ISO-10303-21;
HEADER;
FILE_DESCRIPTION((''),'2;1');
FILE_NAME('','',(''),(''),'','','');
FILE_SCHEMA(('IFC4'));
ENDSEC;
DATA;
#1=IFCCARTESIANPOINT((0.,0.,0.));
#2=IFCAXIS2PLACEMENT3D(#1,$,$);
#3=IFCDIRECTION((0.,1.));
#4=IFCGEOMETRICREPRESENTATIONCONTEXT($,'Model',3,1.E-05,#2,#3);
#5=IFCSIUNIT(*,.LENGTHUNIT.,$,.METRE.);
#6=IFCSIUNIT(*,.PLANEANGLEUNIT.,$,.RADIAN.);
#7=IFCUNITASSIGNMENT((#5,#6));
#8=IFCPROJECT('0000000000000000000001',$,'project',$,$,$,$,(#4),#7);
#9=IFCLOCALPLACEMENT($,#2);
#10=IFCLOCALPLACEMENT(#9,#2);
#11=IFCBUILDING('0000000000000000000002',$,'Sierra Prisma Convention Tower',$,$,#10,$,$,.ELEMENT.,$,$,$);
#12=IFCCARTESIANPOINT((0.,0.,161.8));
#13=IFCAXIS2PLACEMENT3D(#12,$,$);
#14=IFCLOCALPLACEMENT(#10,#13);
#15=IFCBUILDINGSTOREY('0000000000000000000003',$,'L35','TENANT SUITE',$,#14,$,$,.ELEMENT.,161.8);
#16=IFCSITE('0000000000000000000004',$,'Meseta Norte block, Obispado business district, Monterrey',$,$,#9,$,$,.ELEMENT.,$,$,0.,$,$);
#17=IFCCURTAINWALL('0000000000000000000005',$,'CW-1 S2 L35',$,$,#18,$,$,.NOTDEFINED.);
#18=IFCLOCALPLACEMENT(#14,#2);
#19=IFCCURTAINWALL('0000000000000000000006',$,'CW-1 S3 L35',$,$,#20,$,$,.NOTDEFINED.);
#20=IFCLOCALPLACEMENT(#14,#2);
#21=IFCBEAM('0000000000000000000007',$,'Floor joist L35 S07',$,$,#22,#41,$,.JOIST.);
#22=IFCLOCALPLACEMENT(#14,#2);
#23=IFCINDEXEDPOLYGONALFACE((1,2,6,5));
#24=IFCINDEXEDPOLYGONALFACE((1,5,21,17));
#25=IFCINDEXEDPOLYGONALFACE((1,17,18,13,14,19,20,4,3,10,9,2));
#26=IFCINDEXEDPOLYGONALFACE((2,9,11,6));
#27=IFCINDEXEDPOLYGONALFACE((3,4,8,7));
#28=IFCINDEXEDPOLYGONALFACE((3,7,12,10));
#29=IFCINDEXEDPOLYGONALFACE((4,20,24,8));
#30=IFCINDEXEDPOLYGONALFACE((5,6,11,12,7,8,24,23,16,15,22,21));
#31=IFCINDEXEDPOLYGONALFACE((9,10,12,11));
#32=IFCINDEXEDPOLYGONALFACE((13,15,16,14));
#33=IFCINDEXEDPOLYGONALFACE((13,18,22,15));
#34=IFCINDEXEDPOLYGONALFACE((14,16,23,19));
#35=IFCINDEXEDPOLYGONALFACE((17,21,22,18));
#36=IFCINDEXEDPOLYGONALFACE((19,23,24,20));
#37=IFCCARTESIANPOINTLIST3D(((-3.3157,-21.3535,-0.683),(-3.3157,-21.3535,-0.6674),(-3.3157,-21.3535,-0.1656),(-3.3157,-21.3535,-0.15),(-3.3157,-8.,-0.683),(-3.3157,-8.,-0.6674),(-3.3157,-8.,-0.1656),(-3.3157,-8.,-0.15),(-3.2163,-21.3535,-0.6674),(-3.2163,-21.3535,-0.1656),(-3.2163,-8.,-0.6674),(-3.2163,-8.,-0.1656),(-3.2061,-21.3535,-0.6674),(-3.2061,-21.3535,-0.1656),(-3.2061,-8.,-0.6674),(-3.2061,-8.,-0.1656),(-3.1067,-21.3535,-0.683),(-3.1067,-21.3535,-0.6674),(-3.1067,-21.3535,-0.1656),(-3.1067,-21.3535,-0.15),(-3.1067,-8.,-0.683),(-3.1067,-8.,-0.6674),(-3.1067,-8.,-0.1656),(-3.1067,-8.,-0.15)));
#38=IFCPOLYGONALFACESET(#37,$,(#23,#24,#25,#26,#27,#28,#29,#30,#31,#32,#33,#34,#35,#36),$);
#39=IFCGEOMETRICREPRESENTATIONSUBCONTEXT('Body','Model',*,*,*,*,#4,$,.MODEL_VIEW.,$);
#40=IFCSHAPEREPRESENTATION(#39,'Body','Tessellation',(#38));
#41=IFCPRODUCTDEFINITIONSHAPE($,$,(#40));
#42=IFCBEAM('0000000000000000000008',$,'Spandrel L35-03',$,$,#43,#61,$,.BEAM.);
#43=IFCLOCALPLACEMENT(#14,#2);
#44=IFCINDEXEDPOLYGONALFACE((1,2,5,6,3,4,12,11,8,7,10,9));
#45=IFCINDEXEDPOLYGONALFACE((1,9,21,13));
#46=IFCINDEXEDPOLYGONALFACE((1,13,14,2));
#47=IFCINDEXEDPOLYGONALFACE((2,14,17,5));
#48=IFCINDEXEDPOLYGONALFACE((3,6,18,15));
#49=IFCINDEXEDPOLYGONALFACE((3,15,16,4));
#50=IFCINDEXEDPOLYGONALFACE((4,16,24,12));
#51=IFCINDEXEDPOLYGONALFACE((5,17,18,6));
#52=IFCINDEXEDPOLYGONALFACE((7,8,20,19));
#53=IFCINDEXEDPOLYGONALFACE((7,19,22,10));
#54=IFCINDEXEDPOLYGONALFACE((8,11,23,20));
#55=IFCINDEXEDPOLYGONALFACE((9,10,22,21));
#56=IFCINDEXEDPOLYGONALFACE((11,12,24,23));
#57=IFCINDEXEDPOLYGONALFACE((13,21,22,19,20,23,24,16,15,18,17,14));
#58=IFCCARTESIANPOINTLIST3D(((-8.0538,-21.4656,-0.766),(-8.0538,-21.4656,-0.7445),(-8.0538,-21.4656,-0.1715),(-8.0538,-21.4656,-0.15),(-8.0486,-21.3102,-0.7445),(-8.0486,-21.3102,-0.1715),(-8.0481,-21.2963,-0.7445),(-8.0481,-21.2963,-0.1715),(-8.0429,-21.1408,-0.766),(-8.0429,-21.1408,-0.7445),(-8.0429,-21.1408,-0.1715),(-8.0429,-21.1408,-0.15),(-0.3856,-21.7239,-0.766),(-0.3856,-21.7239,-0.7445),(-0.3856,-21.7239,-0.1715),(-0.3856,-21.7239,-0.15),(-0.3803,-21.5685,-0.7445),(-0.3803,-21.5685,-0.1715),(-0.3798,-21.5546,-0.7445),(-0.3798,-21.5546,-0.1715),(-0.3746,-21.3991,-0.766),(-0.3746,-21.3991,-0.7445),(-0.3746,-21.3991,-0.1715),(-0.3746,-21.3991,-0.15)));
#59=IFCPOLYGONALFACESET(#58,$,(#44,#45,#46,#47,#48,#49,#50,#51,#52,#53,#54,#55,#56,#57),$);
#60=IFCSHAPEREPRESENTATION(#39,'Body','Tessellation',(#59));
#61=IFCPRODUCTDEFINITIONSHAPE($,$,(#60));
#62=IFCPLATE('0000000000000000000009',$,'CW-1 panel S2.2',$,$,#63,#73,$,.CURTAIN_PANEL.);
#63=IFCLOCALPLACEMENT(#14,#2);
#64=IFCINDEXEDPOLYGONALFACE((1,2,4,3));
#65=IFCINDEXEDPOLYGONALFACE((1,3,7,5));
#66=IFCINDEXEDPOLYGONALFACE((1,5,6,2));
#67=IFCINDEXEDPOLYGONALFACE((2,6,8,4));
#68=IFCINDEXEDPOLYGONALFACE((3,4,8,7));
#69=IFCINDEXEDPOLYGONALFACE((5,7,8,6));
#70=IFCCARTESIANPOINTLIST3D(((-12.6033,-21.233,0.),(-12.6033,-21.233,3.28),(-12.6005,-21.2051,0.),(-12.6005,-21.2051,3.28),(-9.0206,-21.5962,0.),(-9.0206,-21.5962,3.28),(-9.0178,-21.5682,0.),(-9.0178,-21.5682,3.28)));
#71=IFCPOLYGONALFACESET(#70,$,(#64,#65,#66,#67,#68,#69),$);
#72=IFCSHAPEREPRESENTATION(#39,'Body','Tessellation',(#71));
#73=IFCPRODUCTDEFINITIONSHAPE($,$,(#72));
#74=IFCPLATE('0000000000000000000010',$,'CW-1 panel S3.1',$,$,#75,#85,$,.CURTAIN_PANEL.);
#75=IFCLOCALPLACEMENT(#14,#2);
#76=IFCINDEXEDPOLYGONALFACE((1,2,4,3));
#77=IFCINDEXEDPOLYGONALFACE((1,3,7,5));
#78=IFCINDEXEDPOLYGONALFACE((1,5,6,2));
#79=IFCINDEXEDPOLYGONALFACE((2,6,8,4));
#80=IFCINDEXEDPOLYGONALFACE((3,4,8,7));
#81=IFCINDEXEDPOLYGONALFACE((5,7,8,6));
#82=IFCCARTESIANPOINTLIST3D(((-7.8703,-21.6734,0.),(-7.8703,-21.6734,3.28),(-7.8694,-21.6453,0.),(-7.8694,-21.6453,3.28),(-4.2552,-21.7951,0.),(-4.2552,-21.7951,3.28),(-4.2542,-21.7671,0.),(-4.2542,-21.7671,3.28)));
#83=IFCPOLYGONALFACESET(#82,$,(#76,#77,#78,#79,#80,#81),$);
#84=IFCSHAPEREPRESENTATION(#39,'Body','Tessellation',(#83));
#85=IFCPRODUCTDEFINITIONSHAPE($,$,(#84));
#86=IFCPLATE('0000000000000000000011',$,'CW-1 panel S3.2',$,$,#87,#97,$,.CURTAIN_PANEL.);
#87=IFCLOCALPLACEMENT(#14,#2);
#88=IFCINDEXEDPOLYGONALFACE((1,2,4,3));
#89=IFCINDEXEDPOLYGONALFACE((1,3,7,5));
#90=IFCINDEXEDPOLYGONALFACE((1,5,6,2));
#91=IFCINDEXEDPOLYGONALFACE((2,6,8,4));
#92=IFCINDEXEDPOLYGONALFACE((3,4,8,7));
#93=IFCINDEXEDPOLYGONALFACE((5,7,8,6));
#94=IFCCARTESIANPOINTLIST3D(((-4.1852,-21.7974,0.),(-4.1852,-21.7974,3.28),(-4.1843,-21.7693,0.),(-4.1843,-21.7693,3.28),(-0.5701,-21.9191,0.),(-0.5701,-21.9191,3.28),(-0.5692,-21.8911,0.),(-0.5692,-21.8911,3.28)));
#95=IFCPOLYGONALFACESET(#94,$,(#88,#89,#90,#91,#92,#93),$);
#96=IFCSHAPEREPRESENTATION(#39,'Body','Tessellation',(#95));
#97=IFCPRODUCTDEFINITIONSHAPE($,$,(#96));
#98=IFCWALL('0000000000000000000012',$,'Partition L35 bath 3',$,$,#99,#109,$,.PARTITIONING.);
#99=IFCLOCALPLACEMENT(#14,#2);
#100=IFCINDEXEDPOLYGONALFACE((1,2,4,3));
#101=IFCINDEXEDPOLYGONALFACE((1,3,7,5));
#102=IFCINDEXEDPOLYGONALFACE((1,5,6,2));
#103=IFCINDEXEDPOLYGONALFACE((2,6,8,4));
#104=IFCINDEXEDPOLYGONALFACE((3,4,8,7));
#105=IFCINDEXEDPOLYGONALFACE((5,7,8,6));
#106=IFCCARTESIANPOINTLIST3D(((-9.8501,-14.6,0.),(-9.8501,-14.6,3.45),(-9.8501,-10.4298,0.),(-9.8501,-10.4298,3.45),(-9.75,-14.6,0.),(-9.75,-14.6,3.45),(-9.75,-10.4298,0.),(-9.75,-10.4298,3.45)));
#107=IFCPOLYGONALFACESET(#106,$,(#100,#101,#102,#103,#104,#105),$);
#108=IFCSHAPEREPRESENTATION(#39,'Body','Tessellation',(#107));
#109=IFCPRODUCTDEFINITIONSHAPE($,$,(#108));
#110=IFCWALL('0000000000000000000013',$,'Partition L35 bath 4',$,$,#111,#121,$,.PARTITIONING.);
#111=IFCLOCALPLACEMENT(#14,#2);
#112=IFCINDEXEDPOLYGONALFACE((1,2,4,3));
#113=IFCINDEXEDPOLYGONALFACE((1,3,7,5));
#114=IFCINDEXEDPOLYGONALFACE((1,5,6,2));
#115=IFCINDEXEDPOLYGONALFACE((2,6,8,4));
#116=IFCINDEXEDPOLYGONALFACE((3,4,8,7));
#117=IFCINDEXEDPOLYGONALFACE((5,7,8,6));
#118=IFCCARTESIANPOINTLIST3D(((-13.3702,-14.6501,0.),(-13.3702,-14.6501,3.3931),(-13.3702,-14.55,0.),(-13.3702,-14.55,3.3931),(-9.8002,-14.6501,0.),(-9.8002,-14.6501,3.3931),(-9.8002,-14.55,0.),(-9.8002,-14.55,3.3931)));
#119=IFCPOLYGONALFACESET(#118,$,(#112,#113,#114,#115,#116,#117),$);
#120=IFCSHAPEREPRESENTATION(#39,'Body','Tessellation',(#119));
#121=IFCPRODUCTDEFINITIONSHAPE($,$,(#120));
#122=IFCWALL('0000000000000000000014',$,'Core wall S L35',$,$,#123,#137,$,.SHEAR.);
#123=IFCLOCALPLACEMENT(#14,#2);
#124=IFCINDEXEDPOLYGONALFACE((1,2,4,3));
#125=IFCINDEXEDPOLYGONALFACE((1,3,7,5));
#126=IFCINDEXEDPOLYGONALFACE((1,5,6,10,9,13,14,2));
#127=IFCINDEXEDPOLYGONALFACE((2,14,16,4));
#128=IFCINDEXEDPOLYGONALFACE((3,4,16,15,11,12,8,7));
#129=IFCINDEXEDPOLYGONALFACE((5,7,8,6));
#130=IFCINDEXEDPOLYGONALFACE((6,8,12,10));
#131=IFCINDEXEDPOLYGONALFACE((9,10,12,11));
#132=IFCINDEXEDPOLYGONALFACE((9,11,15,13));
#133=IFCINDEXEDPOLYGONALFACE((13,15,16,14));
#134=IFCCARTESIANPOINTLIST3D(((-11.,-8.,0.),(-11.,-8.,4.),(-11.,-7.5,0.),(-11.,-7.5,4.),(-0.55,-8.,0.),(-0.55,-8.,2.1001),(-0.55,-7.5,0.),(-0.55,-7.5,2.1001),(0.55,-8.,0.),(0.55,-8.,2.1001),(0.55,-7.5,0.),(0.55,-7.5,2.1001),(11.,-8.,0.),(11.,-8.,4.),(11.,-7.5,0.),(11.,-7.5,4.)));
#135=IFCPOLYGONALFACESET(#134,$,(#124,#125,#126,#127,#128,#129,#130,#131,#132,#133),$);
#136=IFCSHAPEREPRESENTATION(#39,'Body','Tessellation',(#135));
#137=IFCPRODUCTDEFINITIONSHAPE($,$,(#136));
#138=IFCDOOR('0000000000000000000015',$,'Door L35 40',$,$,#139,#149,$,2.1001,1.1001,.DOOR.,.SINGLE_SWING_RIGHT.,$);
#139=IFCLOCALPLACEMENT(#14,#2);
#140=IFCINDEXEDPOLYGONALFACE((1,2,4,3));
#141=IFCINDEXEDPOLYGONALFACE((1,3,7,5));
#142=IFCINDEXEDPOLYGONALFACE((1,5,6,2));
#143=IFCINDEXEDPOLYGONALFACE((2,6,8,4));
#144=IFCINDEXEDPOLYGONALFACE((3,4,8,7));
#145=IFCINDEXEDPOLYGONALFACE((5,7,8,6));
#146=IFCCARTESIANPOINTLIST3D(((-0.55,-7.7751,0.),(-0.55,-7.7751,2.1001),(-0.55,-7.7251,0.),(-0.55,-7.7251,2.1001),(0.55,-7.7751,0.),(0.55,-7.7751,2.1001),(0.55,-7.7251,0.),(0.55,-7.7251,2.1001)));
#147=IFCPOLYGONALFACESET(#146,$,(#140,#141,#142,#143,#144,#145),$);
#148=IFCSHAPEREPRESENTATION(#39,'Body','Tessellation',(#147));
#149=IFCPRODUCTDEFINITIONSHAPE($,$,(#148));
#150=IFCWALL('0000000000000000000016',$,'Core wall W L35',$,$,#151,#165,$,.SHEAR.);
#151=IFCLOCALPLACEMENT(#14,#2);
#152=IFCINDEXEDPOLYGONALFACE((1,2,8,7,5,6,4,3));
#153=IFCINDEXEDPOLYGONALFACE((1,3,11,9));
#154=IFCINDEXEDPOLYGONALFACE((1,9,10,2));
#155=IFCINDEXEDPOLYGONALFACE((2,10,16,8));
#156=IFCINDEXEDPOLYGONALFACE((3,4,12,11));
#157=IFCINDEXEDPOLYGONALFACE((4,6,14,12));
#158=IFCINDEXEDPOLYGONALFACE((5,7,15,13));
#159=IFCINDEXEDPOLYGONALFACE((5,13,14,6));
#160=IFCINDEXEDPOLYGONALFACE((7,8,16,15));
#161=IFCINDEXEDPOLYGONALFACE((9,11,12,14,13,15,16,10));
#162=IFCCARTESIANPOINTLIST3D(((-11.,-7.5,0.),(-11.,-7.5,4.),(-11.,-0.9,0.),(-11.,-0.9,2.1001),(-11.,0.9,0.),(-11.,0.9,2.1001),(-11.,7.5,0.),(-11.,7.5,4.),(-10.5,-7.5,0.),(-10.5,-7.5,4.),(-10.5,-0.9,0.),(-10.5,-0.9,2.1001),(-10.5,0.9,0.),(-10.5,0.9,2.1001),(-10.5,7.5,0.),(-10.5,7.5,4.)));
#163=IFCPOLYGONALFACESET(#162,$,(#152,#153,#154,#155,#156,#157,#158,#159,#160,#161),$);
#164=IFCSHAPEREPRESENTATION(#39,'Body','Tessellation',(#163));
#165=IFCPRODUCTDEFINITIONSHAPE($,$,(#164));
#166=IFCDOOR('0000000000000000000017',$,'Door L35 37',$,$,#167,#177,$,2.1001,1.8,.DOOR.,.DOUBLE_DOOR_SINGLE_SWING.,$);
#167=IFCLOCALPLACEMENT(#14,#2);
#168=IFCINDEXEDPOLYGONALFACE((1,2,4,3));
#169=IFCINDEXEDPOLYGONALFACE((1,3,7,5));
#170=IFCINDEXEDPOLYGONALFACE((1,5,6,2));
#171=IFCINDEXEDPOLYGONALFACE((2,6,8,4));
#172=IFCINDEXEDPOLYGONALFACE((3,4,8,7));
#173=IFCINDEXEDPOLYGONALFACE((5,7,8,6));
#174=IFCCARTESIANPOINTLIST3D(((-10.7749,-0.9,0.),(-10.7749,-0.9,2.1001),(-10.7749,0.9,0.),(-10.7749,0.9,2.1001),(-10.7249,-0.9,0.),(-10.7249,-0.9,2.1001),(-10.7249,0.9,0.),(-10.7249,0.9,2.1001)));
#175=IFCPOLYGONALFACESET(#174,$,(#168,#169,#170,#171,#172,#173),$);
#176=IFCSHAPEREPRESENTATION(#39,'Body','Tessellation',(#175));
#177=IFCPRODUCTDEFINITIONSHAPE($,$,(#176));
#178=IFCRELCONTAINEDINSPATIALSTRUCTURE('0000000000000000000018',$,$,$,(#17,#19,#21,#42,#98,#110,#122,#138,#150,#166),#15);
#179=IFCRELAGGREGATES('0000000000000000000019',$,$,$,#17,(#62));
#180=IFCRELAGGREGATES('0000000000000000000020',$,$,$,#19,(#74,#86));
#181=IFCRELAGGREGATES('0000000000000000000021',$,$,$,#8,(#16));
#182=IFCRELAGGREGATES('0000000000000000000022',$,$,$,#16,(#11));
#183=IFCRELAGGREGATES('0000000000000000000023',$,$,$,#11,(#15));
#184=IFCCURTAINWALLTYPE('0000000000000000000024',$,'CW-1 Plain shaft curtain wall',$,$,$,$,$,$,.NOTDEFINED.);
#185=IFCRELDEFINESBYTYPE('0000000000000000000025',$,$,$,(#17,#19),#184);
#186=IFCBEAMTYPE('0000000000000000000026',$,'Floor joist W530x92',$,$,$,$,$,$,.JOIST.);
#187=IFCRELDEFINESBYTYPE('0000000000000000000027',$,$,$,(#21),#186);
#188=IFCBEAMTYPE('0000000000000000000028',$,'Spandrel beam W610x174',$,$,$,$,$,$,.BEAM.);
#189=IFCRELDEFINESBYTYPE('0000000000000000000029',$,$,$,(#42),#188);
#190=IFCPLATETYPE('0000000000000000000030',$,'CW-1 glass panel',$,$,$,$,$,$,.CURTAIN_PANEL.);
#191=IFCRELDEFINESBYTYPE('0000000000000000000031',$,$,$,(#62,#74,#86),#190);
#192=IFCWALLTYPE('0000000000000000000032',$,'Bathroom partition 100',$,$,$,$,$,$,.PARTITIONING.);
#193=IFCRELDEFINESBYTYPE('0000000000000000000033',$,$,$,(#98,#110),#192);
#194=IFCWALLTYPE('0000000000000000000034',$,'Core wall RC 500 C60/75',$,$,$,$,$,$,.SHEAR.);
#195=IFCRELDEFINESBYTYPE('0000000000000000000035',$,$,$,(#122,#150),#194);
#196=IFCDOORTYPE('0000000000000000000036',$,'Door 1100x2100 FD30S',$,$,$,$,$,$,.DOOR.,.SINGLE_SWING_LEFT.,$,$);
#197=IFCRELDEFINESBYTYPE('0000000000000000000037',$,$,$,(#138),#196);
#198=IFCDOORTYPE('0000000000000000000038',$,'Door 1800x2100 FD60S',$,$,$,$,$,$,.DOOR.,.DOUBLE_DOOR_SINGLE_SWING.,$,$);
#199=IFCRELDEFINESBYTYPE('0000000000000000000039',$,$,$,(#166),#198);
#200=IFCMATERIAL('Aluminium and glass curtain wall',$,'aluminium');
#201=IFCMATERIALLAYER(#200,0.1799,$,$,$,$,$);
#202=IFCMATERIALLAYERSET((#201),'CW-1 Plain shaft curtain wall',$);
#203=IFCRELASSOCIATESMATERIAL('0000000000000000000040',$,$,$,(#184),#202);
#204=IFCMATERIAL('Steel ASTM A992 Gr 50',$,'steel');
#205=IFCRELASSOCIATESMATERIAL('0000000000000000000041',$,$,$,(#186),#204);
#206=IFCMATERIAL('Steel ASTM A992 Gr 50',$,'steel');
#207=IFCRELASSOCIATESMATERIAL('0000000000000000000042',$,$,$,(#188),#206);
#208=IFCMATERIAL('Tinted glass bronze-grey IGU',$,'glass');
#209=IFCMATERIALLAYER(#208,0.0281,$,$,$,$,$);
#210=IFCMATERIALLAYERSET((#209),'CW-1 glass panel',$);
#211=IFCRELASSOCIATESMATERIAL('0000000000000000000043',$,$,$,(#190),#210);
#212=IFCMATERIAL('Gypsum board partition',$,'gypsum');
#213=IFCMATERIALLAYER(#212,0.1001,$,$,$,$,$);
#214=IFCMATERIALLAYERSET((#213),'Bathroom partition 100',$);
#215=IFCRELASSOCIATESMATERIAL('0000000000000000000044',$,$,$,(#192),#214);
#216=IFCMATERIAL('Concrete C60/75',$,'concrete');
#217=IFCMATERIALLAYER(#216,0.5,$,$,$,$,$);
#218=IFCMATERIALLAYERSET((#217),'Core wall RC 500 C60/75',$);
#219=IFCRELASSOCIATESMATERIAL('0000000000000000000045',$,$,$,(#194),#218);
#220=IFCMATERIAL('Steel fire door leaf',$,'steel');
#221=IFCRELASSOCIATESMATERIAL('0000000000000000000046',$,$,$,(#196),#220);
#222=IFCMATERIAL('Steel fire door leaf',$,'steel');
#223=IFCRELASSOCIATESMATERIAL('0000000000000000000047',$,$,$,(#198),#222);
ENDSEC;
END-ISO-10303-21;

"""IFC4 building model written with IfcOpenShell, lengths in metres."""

from ifc_helpers import new_model, si_unit, direction, frame, frame_2d, origin, origin_2d, place, context, subcontext, project, spatial, rectangle, i_section, extrude, material, layer, layer_set, material_profile, profile_set, type_object, element, fill, aggregate, save


model = new_model("IFC4")

# Units and contexts
model_context = context("Model", 3, precision=1e-05, world=origin(), true_north=direction((0.0, 1.0)))
body_context = subcontext(model_context, "Body", "Model", "MODEL_VIEW")
ifc_project = project(units=[si_unit("LENGTHUNIT", "METRE"), si_unit("PLANEANGLEUNIT", "RADIAN")], contexts=[model_context])

# Site, building, storey
site_placement = place(None, origin())
site = spatial("IfcSite", under=ifc_project, at=site_placement, Name="Meseta Norte block, Obispado business district, Monterrey", CompositionType="ELEMENT", RefElevation=0.0)
building_placement = place(site_placement, origin())
building = spatial("IfcBuilding", under=site, at=building_placement, Name="Sierra Prisma Convention Tower", CompositionType="ELEMENT")
storey_placement = place(building_placement, frame((0.0, 0.0, 161.8)))
storey = spatial("IfcBuildingStorey", under=building, at=storey_placement, Name="L35", Description="TENANT SUITE", CompositionType="ELEMENT", Elevation=161.8)

# Curtain wall
ifc_material_1 = material(Name="Aluminium and glass curtain wall", Category="aluminium")
ifc_layer_1 = layer(ifc_material_1, 0.1799)
ifc_layer_set_1 = layer_set([ifc_layer_1], Name="CW-1 Plain shaft curtain wall")
curtain_wall_type = type_object("IfcCurtainWallType", Name="CW-1 Plain shaft curtain wall", PredefinedType="NOTDEFINED", material=ifc_layer_set_1)
curtain_wall_1_placement = place(storey_placement, origin())
curtain_wall_1 = element("IfcCurtainWall", 1, at=curtain_wall_1_placement, inside=storey, type_object=curtain_wall_type, Name="CW-1 S2 L35", PredefinedType="NOTDEFINED")

# Curtain wall
curtain_wall_2_placement = place(storey_placement, origin())
curtain_wall_2 = element("IfcCurtainWall", 2, at=curtain_wall_2_placement, inside=storey, type_object=curtain_wall_type, Name="CW-1 S3 L35", PredefinedType="NOTDEFINED")

# Beams
ifc_material_2 = material(Name="Steel ASTM A992 Gr 50", Category="steel")
ifc_material_profile_1 = material_profile(ifc_material_2, i_section(OverallWidth=0.209, OverallDepth=0.533, WebThickness=0.0103, FlangeThickness=0.0156, at=origin_2d()), Name="W530x92")
ifc_profile_set_1 = profile_set([ifc_material_profile_1], Name="Steel ASTM A992 Gr 50")
beam_type_1 = type_object("IfcBeamType", Name="Floor joist W530x92", PredefinedType="JOIST", material=ifc_profile_set_1)
beam_1_placement = place(storey_placement, frame((-3.2112, -21.3535, -0.4165), z_axis=(0.0, 1.0, 0.0), x_axis=(-1.0, 0.0, 0.0)))
element("IfcBeam", 3, at=beam_1_placement, inside=storey, type_object=beam_type_1, Name="Floor joist L35 S07", PredefinedType="JOIST", context=body_context, shape_type="SweptSolid", body=[
    extrude(i_section(OverallWidth=0.209, OverallDepth=0.533, WebThickness=0.0103, FlangeThickness=0.0156, at=origin_2d()), origin(), (0.0, 0.0, 1.0), 13.3535),
])
ifc_material_3 = material(Name="Steel ASTM A992 Gr 50", Category="steel")
ifc_material_profile_2 = material_profile(ifc_material_3, i_section(OverallWidth=0.325, OverallDepth=0.616, WebThickness=0.0139, FlangeThickness=0.0215, at=origin_2d()), Name="W610x174")
ifc_profile_set_2 = profile_set([ifc_material_profile_2], Name="Steel ASTM A992 Gr 50")
beam_type_2 = type_object("IfcBeamType", Name="Spandrel beam W610x174", PredefinedType="BEAM", material=ifc_profile_set_2)
beam_2_placement = place(storey_placement, frame((-8.0483, -21.3032, -0.458), z_axis=(0.999433, -0.033666, 0.0), x_axis=(0.033666, 0.999433, 0.0)))
element("IfcBeam", 4, at=beam_2_placement, inside=storey, type_object=beam_type_2, Name="Spandrel L35-03", PredefinedType="BEAM", context=body_context, shape_type="SweptSolid", body=[
    extrude(i_section(OverallWidth=0.325, OverallDepth=0.616, WebThickness=0.0139, FlangeThickness=0.0215, at=origin_2d()), origin(), (0.0, 0.0, 1.0), 7.6726),
])

# Plates
ifc_material_4 = material(Name="Tinted glass bronze-grey IGU", Category="glass")
ifc_layer_2 = layer(ifc_material_4, 0.0281)
ifc_layer_set_2 = layer_set([ifc_layer_2], Name="CW-1 glass panel")
plate_type = type_object("IfcPlateType", Name="CW-1 glass panel", PredefinedType="CURTAIN_PANEL", material=ifc_layer_set_2)
plate_1_placement = place(storey_placement, frame((-10.8105, -21.4006, 0.0), z_axis=(0.0, 0.0, 1.0), x_axis=(0.994903, -0.100833, 0.0)))
plate_1 = element("IfcPlate", 5, at=plate_1_placement, type_object=plate_type, Name="CW-1 panel S2.2", PredefinedType="CURTAIN_PANEL", context=body_context, shape_type="SweptSolid", body=[
    extrude(rectangle(XDim=3.6011, YDim=0.0281, at=origin_2d()), origin(), (0.0, 0.0, 1.0), 3.28),
])
aggregate(curtain_wall_1, [plate_1])
plate_2_placement = place(storey_placement, frame((-6.0623, -21.7202, 0.0), z_axis=(0.0, 0.0, 1.0), x_axis=(0.999433, -0.033662, 0.0)))
plate_2 = element("IfcPlate", 6, at=plate_2_placement, type_object=plate_type, Name="CW-1 panel S3.1", PredefinedType="CURTAIN_PANEL", context=body_context, shape_type="SweptSolid", body=[
    extrude(rectangle(XDim=3.6172, YDim=0.0281, at=origin_2d()), origin(), (0.0, 0.0, 1.0), 3.28),
])
plate_3_placement = place(storey_placement, frame((-2.3772, -21.8442, 0.0), z_axis=(0.0, 0.0, 1.0), x_axis=(0.999433, -0.033662, 0.0)))
plate_3 = element("IfcPlate", 7, at=plate_3_placement, type_object=plate_type, Name="CW-1 panel S3.2", PredefinedType="CURTAIN_PANEL", context=body_context, shape_type="SweptSolid", body=[
    extrude(rectangle(XDim=3.6172, YDim=0.0281, at=origin_2d()), origin(), (0.0, 0.0, 1.0), 3.28),
])
aggregate(curtain_wall_2, [plate_2, plate_3])

# Walls
ifc_material_5 = material(Name="Gypsum board partition", Category="gypsum")
ifc_layer_3 = layer(ifc_material_5, 0.1001)
ifc_layer_set_3 = layer_set([ifc_layer_3], Name="Bathroom partition 100")
wall_type_1 = type_object("IfcWallType", Name="Bathroom partition 100", PredefinedType="PARTITIONING", material=ifc_layer_set_3)
wall_1_placement = place(storey_placement, frame((-9.8, -10.4299, 0.0), z_axis=(0.0, 0.0, 1.0), x_axis=(0.0, -1.0, 0.0)))
element("IfcWall", 8, at=wall_1_placement, inside=storey, type_object=wall_type_1, Name="Partition L35 bath 3", PredefinedType="PARTITIONING", context=body_context, shape_type="SweptSolid", body=[
    extrude(rectangle(XDim=4.1702, YDim=0.1001, at=frame_2d((2.085, 0.0))), origin(), (0.0, 0.0, 1.0), 3.45),
])
wall_2_placement = place(storey_placement, frame((-9.8, -14.6001, 0.0), z_axis=(0.0, 0.0, 1.0), x_axis=(-1.0, 0.0, 0.0)))
element("IfcWall", 9, at=wall_2_placement, inside=storey, type_object=wall_type_1, Name="Partition L35 bath 4", PredefinedType="PARTITIONING", context=body_context, shape_type="SweptSolid", body=[
    extrude(rectangle(XDim=3.5701, YDim=0.1001, at=frame_2d((1.7852, 0.0))), origin(), (0.0, 0.0, 1.0), 3.3931),
])

# Walls, openings, doors
ifc_material_6 = material(Name="Concrete C60/75", Category="concrete")
ifc_layer_4 = layer(ifc_material_6, 0.5)
ifc_layer_set_4 = layer_set([ifc_layer_4], Name="Core wall RC 500 C60/75")
wall_type_2 = type_object("IfcWallType", Name="Core wall RC 500 C60/75", PredefinedType="SHEAR", material=ifc_layer_set_4)
wall_3_placement = place(storey_placement, frame((-11.0, -7.75, 0.0), z_axis=(0.0, 0.0, 1.0), x_axis=(1.0, 0.0, 0.0)))
wall_3 = element("IfcWall", 10, at=wall_3_placement, inside=storey, type_object=wall_type_2, Name="Core wall S L35", PredefinedType="SHEAR", context=body_context, shape_type="SweptSolid", body=[
    extrude(rectangle(XDim=22.0, YDim=0.5, at=frame_2d((11.0, 0.0))), origin(), (0.0, 0.0, 1.0), 4.0),
])
opening_1_placement = place(wall_3_placement, frame((10.45, 0.0, 0.0)))
opening_1 = element("IfcOpeningElement", 11, at=opening_1_placement, cuts=wall_3, PredefinedType="OPENING", context=body_context, shape_type="SweptSolid", body=[
    extrude(rectangle(XDim=1.1001, YDim=2.1001, at=frame_2d((0.55, 1.05))), frame((0.0, 0.25, 0.0), z_axis=(0.0, -1.0, 0.0), x_axis=(1.0, 0.0, 0.0)), (0.0, 0.0, 1.0), 0.5),
])
ifc_material_7 = material(Name="Steel fire door leaf", Category="steel")
door_type_1 = type_object("IfcDoorType", Name="Door 1100x2100 FD30S", OperationType="SINGLE_SWING_LEFT", PredefinedType="DOOR", material=ifc_material_7)
door_1_placement = place(opening_1_placement, origin())
door_1 = element("IfcDoor", 12, at=door_1_placement, inside=storey, type_object=door_type_1, Name="Door L35 40", OperationType="SINGLE_SWING_RIGHT", OverallHeight=2.1001, OverallWidth=1.1001, PredefinedType="DOOR", context=body_context, shape_type="SweptSolid", body=[
    extrude(rectangle(XDim=1.1001, YDim=2.1001, at=frame_2d((0.55, 1.05))), frame((0.0, 0.0249, 0.0), z_axis=(0.0, -1.0, 0.0), x_axis=(1.0, 0.0, 0.0)), (0.0, 0.0, 1.0), 0.05),
])
fill(opening_1, door_1)
wall_4_placement = place(storey_placement, frame((-10.75, -7.5, 0.0), z_axis=(0.0, 0.0, 1.0), x_axis=(0.0, 1.0, 0.0)))
wall_4 = element("IfcWall", 13, at=wall_4_placement, inside=storey, type_object=wall_type_2, Name="Core wall W L35", PredefinedType="SHEAR", context=body_context, shape_type="SweptSolid", body=[
    extrude(rectangle(XDim=15.0, YDim=0.5, at=frame_2d((7.5, 0.0))), origin(), (0.0, 0.0, 1.0), 4.0),
])
opening_2_placement = place(wall_4_placement, frame((6.6001, 0.0, 0.0)))
opening_2 = element("IfcOpeningElement", 14, at=opening_2_placement, cuts=wall_4, PredefinedType="OPENING", context=body_context, shape_type="SweptSolid", body=[
    extrude(rectangle(XDim=1.8, YDim=2.1001, at=frame_2d((0.8999, 1.05))), frame((0.0, 0.25, 0.0), z_axis=(0.0, -1.0, 0.0), x_axis=(1.0, 0.0, 0.0)), (0.0, 0.0, 1.0), 0.5),
])
ifc_material_8 = material(Name="Steel fire door leaf", Category="steel")
door_type_2 = type_object("IfcDoorType", Name="Door 1800x2100 FD60S", OperationType="DOUBLE_DOOR_SINGLE_SWING", PredefinedType="DOOR", material=ifc_material_8)
door_2_placement = place(opening_2_placement, origin())
door_2 = element("IfcDoor", 15, at=door_2_placement, inside=storey, type_object=door_type_2, Name="Door L35 37", OperationType="DOUBLE_DOOR_SINGLE_SWING", OverallHeight=2.1001, OverallWidth=1.8, PredefinedType="DOOR", context=body_context, shape_type="SweptSolid", body=[
    extrude(rectangle(XDim=1.8, YDim=2.1001, at=frame_2d((0.8999, 1.05))), frame((0.0, 0.0249, 0.0), z_axis=(0.0, -1.0, 0.0), x_axis=(1.0, 0.0, 0.0)), (0.0, 0.0, 1.0), 0.05),
])
fill(opening_2, door_2)

save(model, "model.ifc")
